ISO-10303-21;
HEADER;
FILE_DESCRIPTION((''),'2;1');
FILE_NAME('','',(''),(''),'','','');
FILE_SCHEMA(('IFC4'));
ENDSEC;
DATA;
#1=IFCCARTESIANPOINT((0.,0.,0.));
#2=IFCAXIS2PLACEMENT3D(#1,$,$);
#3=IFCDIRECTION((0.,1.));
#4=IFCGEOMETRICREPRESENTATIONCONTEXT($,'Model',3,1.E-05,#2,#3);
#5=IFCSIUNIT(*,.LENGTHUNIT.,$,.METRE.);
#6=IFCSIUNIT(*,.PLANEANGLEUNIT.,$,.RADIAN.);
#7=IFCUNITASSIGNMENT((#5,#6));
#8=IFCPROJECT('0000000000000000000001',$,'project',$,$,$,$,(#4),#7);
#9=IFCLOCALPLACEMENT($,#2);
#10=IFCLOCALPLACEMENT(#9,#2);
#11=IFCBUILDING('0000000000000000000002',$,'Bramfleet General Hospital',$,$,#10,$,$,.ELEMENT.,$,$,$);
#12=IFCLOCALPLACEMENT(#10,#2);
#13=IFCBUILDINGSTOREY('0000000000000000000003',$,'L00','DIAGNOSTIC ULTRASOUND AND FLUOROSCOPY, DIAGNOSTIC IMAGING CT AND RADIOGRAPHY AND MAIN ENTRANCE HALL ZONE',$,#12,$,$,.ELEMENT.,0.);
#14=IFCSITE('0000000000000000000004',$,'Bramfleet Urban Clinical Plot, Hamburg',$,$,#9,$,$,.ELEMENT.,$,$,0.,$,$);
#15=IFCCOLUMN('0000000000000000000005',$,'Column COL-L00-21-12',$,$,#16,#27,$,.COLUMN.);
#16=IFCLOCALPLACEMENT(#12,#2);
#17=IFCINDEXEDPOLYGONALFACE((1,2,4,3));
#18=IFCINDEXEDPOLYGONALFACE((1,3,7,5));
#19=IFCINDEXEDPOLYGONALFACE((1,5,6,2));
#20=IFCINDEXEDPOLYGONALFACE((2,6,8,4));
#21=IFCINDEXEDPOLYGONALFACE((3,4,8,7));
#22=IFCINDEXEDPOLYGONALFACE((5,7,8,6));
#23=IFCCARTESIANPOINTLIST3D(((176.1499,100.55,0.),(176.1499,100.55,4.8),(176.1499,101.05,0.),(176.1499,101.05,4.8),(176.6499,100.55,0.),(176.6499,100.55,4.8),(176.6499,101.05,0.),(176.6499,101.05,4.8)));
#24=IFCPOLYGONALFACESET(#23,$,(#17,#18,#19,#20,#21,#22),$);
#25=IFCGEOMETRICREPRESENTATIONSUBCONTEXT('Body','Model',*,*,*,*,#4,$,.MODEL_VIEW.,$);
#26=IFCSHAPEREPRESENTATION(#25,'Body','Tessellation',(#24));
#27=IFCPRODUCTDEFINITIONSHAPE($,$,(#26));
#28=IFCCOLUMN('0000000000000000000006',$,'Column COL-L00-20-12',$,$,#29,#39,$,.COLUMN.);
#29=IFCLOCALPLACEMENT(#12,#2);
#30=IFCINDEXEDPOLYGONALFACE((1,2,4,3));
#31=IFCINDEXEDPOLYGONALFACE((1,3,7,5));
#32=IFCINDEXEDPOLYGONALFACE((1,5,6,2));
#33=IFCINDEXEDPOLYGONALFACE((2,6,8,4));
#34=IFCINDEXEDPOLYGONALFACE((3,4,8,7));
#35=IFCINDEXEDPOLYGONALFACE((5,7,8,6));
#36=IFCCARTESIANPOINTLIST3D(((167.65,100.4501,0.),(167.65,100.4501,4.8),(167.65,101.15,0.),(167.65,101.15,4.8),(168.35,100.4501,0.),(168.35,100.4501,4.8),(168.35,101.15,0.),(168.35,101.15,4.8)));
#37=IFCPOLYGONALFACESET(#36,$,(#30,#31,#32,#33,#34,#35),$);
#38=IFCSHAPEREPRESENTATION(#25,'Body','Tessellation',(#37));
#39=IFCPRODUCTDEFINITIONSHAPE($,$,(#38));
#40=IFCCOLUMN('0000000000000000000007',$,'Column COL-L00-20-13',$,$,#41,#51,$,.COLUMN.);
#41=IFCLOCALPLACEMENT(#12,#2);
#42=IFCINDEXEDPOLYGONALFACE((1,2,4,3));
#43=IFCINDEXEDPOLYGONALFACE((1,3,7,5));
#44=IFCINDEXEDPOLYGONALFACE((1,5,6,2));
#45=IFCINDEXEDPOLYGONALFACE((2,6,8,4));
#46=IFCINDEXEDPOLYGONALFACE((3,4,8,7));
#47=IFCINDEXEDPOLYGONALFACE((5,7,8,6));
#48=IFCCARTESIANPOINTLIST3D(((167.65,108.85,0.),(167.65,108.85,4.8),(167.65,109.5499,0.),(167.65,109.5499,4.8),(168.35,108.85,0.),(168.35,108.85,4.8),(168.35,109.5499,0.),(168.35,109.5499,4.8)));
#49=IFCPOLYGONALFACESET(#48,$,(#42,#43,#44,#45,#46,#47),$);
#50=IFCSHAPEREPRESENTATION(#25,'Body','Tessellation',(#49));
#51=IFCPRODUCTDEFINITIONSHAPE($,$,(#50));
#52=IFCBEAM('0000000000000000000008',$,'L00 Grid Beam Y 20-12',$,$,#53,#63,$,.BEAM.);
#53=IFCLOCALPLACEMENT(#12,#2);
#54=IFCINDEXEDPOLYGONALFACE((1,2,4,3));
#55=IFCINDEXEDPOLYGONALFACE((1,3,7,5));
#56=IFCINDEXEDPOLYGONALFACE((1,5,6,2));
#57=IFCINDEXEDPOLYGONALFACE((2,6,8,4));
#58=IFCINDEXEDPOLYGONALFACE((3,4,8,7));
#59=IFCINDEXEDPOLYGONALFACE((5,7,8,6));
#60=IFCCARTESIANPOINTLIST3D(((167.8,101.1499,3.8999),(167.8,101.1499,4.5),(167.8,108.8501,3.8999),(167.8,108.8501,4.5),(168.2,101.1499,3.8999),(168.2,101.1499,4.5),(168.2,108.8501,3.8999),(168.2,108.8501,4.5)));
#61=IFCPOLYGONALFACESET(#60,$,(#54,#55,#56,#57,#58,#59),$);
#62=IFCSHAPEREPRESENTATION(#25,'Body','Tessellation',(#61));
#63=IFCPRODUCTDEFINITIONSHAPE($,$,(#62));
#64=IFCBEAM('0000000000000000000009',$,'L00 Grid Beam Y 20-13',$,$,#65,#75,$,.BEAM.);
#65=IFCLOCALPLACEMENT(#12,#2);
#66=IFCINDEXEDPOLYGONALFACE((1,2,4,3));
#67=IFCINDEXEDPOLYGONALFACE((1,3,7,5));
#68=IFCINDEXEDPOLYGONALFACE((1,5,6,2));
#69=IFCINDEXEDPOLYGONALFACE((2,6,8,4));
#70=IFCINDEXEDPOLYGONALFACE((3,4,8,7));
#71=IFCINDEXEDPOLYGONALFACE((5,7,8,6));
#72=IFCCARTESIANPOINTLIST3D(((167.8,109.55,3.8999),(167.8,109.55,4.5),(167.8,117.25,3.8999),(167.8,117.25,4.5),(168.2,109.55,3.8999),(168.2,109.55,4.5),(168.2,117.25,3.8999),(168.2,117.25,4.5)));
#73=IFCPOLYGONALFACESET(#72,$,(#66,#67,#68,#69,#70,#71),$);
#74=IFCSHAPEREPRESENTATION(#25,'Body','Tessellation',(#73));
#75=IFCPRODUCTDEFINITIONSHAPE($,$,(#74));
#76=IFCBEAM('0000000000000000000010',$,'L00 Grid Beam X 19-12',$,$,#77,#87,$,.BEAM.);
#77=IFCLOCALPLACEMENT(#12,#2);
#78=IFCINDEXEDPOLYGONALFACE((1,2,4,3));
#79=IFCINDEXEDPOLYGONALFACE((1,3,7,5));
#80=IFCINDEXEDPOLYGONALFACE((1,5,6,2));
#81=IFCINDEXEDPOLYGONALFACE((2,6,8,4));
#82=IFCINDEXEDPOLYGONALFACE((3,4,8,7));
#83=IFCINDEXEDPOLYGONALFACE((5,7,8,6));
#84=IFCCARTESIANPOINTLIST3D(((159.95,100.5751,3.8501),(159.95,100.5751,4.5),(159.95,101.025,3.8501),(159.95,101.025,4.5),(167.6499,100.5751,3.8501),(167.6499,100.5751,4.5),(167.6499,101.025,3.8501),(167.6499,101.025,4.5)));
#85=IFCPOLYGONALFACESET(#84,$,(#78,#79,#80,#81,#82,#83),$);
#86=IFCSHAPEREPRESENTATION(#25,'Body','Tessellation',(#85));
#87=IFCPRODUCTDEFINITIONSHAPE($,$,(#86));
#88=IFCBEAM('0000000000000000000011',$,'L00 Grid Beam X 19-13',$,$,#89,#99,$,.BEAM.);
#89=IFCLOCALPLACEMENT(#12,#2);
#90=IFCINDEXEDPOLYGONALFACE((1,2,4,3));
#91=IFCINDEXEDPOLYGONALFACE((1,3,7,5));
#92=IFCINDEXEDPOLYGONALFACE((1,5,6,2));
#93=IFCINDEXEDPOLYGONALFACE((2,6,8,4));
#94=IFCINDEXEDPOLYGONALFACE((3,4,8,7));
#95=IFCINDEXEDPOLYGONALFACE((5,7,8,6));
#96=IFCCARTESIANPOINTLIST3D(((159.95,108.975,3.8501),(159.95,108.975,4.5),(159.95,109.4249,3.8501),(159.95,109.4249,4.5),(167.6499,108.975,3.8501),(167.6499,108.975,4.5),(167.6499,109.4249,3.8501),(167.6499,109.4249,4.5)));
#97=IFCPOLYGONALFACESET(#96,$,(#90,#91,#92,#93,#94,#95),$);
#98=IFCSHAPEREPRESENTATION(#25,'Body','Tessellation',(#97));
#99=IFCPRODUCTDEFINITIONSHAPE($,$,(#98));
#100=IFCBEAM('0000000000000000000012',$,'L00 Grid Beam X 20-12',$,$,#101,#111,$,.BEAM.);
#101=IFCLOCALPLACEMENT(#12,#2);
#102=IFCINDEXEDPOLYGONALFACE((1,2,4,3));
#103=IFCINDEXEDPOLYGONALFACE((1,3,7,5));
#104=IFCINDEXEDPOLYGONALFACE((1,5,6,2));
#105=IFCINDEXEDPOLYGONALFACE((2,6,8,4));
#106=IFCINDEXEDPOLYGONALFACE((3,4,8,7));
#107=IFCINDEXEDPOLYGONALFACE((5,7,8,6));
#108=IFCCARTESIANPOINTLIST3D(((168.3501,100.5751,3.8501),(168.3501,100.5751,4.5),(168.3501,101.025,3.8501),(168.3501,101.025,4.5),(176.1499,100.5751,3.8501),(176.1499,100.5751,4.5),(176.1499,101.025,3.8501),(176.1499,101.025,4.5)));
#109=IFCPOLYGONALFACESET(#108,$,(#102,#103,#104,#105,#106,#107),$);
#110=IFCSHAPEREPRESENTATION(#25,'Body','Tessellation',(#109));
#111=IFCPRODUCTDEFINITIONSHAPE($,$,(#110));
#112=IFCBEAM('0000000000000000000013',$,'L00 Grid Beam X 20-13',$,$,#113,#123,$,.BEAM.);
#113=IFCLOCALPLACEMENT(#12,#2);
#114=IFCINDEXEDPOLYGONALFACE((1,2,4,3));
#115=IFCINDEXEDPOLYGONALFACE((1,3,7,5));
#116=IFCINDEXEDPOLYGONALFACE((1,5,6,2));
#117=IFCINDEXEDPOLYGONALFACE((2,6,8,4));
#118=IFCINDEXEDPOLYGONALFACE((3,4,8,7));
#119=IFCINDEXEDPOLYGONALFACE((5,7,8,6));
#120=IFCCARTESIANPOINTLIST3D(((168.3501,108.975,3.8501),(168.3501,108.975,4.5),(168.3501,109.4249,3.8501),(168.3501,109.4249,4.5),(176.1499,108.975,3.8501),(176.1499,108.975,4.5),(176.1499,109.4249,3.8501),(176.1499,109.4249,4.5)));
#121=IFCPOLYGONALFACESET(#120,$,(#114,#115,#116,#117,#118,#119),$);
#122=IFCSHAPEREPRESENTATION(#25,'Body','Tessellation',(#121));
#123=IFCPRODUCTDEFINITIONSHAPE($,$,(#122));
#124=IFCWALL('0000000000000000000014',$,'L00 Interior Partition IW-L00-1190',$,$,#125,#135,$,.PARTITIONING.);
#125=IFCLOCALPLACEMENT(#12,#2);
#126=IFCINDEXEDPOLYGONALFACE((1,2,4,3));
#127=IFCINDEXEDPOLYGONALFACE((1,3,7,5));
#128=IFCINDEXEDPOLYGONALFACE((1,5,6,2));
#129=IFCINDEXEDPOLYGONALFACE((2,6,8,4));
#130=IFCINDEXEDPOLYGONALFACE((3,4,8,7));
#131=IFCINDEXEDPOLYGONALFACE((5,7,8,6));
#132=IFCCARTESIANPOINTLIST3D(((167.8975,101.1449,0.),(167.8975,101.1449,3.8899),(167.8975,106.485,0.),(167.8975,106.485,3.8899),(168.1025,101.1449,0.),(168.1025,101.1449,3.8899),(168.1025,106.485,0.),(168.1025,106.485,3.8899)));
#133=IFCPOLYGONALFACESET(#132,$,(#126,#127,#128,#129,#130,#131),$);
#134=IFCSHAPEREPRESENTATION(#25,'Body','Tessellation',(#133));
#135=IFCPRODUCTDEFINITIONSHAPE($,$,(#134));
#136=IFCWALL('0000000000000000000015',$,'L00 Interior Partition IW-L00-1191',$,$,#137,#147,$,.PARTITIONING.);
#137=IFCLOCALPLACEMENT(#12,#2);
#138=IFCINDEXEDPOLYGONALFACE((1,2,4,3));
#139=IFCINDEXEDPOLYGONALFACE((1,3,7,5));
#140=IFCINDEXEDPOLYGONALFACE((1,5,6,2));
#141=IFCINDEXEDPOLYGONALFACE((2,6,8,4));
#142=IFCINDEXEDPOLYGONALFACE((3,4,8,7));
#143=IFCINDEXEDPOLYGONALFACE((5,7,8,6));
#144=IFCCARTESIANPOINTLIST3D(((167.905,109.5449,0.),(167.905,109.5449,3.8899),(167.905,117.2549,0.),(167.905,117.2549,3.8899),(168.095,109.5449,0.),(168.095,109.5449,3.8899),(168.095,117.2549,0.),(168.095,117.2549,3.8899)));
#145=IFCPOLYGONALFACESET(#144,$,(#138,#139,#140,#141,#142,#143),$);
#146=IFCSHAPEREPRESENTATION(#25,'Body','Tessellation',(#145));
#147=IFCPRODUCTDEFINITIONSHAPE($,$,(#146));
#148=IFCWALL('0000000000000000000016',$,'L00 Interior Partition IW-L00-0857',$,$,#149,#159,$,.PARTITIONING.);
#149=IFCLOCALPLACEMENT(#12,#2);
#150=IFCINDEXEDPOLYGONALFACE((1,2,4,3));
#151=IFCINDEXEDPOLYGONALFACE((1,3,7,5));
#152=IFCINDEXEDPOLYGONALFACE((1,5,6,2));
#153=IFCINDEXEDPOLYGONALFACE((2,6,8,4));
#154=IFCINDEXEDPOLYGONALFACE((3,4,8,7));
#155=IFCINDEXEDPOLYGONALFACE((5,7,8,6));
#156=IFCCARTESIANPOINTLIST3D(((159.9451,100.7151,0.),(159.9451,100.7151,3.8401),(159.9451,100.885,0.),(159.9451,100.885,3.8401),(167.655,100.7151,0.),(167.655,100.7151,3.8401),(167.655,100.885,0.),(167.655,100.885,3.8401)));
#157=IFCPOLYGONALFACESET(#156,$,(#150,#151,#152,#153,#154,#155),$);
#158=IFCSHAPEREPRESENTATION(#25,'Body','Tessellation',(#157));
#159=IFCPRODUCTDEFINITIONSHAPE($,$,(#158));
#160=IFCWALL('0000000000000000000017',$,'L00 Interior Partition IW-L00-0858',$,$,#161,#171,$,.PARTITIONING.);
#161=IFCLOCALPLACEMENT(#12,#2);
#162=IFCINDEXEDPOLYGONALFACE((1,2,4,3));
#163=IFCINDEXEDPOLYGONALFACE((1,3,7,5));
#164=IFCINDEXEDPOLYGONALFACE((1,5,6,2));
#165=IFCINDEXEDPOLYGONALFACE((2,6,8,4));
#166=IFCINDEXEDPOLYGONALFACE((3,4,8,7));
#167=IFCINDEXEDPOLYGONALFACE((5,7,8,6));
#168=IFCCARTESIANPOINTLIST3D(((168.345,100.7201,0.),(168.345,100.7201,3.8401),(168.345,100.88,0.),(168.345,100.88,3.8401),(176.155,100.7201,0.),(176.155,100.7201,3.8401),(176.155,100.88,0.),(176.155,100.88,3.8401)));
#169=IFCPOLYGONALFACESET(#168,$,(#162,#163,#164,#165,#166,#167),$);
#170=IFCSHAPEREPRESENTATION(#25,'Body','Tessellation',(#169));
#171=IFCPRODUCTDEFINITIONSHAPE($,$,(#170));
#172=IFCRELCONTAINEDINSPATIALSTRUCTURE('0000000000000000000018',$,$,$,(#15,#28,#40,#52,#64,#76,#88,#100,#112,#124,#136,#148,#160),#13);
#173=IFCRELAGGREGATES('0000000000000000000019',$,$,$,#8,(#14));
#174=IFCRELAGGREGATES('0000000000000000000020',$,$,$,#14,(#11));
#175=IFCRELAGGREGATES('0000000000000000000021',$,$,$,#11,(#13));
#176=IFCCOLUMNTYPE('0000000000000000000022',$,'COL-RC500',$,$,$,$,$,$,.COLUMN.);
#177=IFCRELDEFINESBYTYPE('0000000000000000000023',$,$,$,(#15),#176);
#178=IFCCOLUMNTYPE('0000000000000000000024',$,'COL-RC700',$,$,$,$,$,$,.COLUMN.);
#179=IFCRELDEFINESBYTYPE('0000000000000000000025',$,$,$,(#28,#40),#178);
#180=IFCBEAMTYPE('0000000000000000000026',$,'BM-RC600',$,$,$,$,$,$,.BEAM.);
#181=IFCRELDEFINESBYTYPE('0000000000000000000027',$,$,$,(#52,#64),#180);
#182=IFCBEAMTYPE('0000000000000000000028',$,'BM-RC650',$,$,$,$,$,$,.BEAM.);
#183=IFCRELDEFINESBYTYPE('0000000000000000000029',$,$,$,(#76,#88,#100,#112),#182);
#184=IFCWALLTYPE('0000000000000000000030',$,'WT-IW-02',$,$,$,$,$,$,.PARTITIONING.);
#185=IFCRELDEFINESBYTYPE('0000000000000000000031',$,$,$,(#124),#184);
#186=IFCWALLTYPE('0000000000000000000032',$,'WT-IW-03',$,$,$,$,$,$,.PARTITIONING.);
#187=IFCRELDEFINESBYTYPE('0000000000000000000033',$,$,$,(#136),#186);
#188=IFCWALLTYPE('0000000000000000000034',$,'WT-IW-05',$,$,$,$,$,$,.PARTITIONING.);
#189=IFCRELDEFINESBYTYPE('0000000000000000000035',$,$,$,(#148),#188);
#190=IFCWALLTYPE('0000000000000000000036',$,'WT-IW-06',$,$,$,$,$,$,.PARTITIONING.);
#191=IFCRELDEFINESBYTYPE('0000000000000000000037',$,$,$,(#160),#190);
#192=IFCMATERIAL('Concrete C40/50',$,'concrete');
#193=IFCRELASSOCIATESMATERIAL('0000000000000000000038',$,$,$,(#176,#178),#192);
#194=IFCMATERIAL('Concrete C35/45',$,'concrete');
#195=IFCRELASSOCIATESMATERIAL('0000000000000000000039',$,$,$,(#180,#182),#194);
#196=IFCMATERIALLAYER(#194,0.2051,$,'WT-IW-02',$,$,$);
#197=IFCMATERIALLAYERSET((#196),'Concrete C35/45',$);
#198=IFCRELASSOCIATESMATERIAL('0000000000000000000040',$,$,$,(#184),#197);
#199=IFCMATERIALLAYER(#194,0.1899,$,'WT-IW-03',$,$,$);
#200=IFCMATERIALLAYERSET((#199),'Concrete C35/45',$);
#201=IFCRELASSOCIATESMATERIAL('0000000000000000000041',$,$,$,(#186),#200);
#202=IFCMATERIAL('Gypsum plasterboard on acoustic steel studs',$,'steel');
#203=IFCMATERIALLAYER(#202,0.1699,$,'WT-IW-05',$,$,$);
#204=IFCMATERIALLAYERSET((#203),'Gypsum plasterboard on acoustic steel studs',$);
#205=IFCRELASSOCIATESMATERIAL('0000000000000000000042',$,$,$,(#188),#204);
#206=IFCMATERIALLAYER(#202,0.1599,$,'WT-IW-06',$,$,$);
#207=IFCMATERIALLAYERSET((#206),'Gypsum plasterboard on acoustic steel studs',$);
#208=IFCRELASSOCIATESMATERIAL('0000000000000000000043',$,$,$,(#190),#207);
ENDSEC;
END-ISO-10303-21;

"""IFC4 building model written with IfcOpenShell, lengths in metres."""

from ifc_helpers import new_model, si_unit, direction, frame, frame_2d, origin, origin_2d, place, context, subcontext, project, spatial, rectangle, extrude, material, layer, layer_set, material_profile, profile_set, type_object, element, save


model = new_model("IFC4")

# Units and contexts
model_context = context("Model", 3, precision=1e-05, world=origin(), true_north=direction((0.0, 1.0)))
body_context = subcontext(model_context, "Body", "Model", "MODEL_VIEW")
ifc_project = project(units=[si_unit("LENGTHUNIT", "METRE"), si_unit("PLANEANGLEUNIT", "RADIAN")], contexts=[model_context])

# Site, building, storey
site_placement = place(None, origin())
site = spatial("IfcSite", under=ifc_project, at=site_placement, Name="Bramfleet Urban Clinical Plot, Hamburg", CompositionType="ELEMENT", RefElevation=0.0)
building_placement = place(site_placement, origin())
building = spatial("IfcBuilding", under=site, at=building_placement, Name="Bramfleet General Hospital", CompositionType="ELEMENT")
storey_placement = place(building_placement, origin())
storey = spatial("IfcBuildingStorey", under=building, at=storey_placement, Name="L00", Description="DIAGNOSTIC ULTRASOUND AND FLUOROSCOPY, DIAGNOSTIC IMAGING CT AND RADIOGRAPHY AND MAIN ENTRANCE HALL ZONE", CompositionType="ELEMENT", Elevation=0.0)

# Columns
ifc_material_1 = material(Name="Concrete C40/50", Category="concrete")
ifc_material_profile_1 = material_profile(ifc_material_1, rectangle(XDim=0.5, YDim=0.5, at=origin_2d()), Name="RC COL 500x500")
ifc_profile_set_1 = profile_set([ifc_material_profile_1], Name="Concrete C40/50")
column_type_1 = type_object("IfcColumnType", Name="COL-RC500", PredefinedType="COLUMN", material=ifc_profile_set_1)
column_placement = place(storey_placement, frame((176.3999, 100.8, 0.0), z_axis=(0.0, 0.0, 1.0), x_axis=(1.0, 0.0, 0.0)))
element("IfcColumn", 1, at=column_placement, inside=storey, type_object=column_type_1, Name="Column COL-L00-21-12", PredefinedType="COLUMN", context=body_context, shape_type="SweptSolid", body=[
    extrude(rectangle(XDim=0.5, YDim=0.5, at=origin_2d()), origin(), (0.0, 0.0, 1.0), 4.8),
])
ifc_material_profile_2 = material_profile(ifc_material_1, rectangle(XDim=0.7, YDim=0.7, at=origin_2d()), Name="RC COL 700x700")
ifc_profile_set_2 = profile_set([ifc_material_profile_2], Name="Concrete C40/50")
column_type_2 = type_object("IfcColumnType", Name="COL-RC700", PredefinedType="COLUMN", material=ifc_profile_set_2)
for number, where, z_axis, x_axis, name in (
    (2, (168.0, 100.8, 0.0), (0.0, 0.0, 1.0), (1.0, 0.0, 0.0), "Column COL-L00-20-12"),
    (3, (168.0, 109.2, 0.0), (0.0, 0.0, 1.0), (1.0, 0.0, 0.0), "Column COL-L00-20-13"),
):
    element("IfcColumn", number, at=place(storey_placement, frame(where, z_axis=z_axis, x_axis=x_axis)), inside=storey, type_object=column_type_2, Name=name, PredefinedType="COLUMN", context=body_context, shape_type="SweptSolid", body=[
        extrude(rectangle(XDim=0.7, YDim=0.7, at=origin_2d()), origin(), (0.0, 0.0, 1.0), 4.8),
    ])

# Beams
ifc_material_2 = material(Name="Concrete C35/45", Category="concrete")
ifc_material_profile_3 = material_profile(ifc_material_2, rectangle(XDim=0.3999, YDim=0.6001, at=origin_2d()), Name="RC BM 600x400")
ifc_profile_set_3 = profile_set([ifc_material_profile_3], Name="Concrete C35/45")
beam_type_1 = type_object("IfcBeamType", Name="BM-RC600", PredefinedType="BEAM", material=ifc_profile_set_3)
beam_1_placement = place(storey_placement, frame((168.0, 101.1499, 4.2), z_axis=(0.0, 1.0, 0.0), x_axis=(-1.0, 0.0, 0.0)))
element("IfcBeam", 4, at=beam_1_placement, inside=storey, type_object=beam_type_1, Name="L00 Grid Beam Y 20-12", PredefinedType="BEAM", context=body_context, shape_type="SweptSolid", body=[
    extrude(rectangle(XDim=0.3999, YDim=0.6001, at=origin_2d()), origin(), (0.0, 0.0, 1.0), 7.7002),
])
beam_2_placement = place(storey_placement, frame((168.0, 109.55, 4.2), z_axis=(0.0, 1.0, 0.0), x_axis=(-1.0, 0.0, 0.0)))
element("IfcBeam", 5, at=beam_2_placement, inside=storey, type_object=beam_type_1, Name="L00 Grid Beam Y 20-13", PredefinedType="BEAM", context=body_context, shape_type="SweptSolid", body=[
    extrude(rectangle(XDim=0.3999, YDim=0.6001, at=origin_2d()), origin(), (0.0, 0.0, 1.0), 7.7),
])
ifc_material_profile_4 = material_profile(ifc_material_2, rectangle(XDim=0.45, YDim=0.6499, at=origin_2d()), Name="RC BM 650x450")
ifc_profile_set_4 = profile_set([ifc_material_profile_4], Name="Concrete C35/45")
beam_type_2 = type_object("IfcBeamType", Name="BM-RC650", PredefinedType="BEAM", material=ifc_profile_set_4)
for number, where, z_axis, x_axis, name in (
    (6, (159.95, 100.8, 4.175), (1.0, 0.0, 0.0), (0.0, 1.0, 0.0), "L00 Grid Beam X 19-12"),
    (7, (159.95, 109.2, 4.175), (1.0, 0.0, 0.0), (0.0, 1.0, 0.0), "L00 Grid Beam X 19-13"),
):
    element("IfcBeam", number, at=place(storey_placement, frame(where, z_axis=z_axis, x_axis=x_axis)), inside=storey, type_object=beam_type_2, Name=name, PredefinedType="BEAM", context=body_context, shape_type="SweptSolid", body=[
        extrude(rectangle(XDim=0.45, YDim=0.6499, at=origin_2d()), origin(), (0.0, 0.0, 1.0), 7.7),
    ])
for number, where, z_axis, x_axis, name in (
    (8, (168.3501, 100.8, 4.175), (1.0, 0.0, 0.0), (0.0, 1.0, 0.0), "L00 Grid Beam X 20-12"),
    (9, (168.3501, 109.2, 4.175), (1.0, 0.0, 0.0), (0.0, 1.0, 0.0), "L00 Grid Beam X 20-13"),
):
    element("IfcBeam", number, at=place(storey_placement, frame(where, z_axis=z_axis, x_axis=x_axis)), inside=storey, type_object=beam_type_2, Name=name, PredefinedType="BEAM", context=body_context, shape_type="SweptSolid", body=[
        extrude(rectangle(XDim=0.45, YDim=0.6499, at=origin_2d()), origin(), (0.0, 0.0, 1.0), 7.7998),
    ])

# Walls
ifc_layer_1 = layer(ifc_material_2, 0.2051, Name="WT-IW-02")
ifc_layer_set_1 = layer_set([ifc_layer_1], Name="Concrete C35/45")
wall_type_1 = type_object("IfcWallType", Name="WT-IW-02", PredefinedType="PARTITIONING", material=ifc_layer_set_1)
wall_1_placement = place(storey_placement, frame((168.0, 101.145, 0.0), z_axis=(0.0, 0.0, 1.0), x_axis=(0.0, 1.0, 0.0)))
element("IfcWall", 10, at=wall_1_placement, inside=storey, type_object=wall_type_1, Name="L00 Interior Partition IW-L00-1190", PredefinedType="PARTITIONING", context=body_context, shape_type="SweptSolid", body=[
    extrude(rectangle(XDim=5.3401, YDim=0.2051, at=frame_2d((2.6699, 0.0))), origin(), (0.0, 0.0, 1.0), 3.8899),
])
ifc_layer_2 = layer(ifc_material_2, 0.1899, Name="WT-IW-03")
ifc_layer_set_2 = layer_set([ifc_layer_2], Name="Concrete C35/45")
wall_type_2 = type_object("IfcWallType", Name="WT-IW-03", PredefinedType="PARTITIONING", material=ifc_layer_set_2)
wall_2_placement = place(storey_placement, frame((168.0, 109.5449, 0.0), z_axis=(0.0, 0.0, 1.0), x_axis=(0.0, 1.0, 0.0)))
element("IfcWall", 11, at=wall_2_placement, inside=storey, type_object=wall_type_2, Name="L00 Interior Partition IW-L00-1191", PredefinedType="PARTITIONING", context=body_context, shape_type="SweptSolid", body=[
    extrude(rectangle(XDim=7.71, YDim=0.1899, at=frame_2d((3.855, 0.0))), origin(), (0.0, 0.0, 1.0), 3.8899),
])
ifc_material_3 = material(Name="Gypsum plasterboard on acoustic steel studs", Category="steel")
ifc_layer_3 = layer(ifc_material_3, 0.1699, Name="WT-IW-05")
ifc_layer_set_3 = layer_set([ifc_layer_3], Name="Gypsum plasterboard on acoustic steel studs")
wall_type_3 = type_object("IfcWallType", Name="WT-IW-05", PredefinedType="PARTITIONING", material=ifc_layer_set_3)
wall_3_placement = place(storey_placement, frame((159.9451, 100.8, 0.0), z_axis=(0.0, 0.0, 1.0), x_axis=(1.0, 0.0, 0.0)))
element("IfcWall", 12, at=wall_3_placement, inside=storey, type_object=wall_type_3, Name="L00 Interior Partition IW-L00-0857", PredefinedType="PARTITIONING", context=body_context, shape_type="SweptSolid", body=[
    extrude(rectangle(XDim=7.71, YDim=0.1699, at=frame_2d((3.855, 0.0))), origin(), (0.0, 0.0, 1.0), 3.8401),
])
ifc_layer_4 = layer(ifc_material_3, 0.1599, Name="WT-IW-06")
ifc_layer_set_4 = layer_set([ifc_layer_4], Name="Gypsum plasterboard on acoustic steel studs")
wall_type_4 = type_object("IfcWallType", Name="WT-IW-06", PredefinedType="PARTITIONING", material=ifc_layer_set_4)
wall_4_placement = place(storey_placement, frame((168.345, 100.8, 0.0), z_axis=(0.0, 0.0, 1.0), x_axis=(1.0, 0.0, 0.0)))
element("IfcWall", 13, at=wall_4_placement, inside=storey, type_object=wall_type_4, Name="L00 Interior Partition IW-L00-0858", PredefinedType="PARTITIONING", context=body_context, shape_type="SweptSolid", body=[
    extrude(rectangle(XDim=7.8101, YDim=0.1599, at=frame_2d((3.905, 0.0))), origin(), (0.0, 0.0, 1.0), 3.8401),
])

save(model, "model.ifc")
